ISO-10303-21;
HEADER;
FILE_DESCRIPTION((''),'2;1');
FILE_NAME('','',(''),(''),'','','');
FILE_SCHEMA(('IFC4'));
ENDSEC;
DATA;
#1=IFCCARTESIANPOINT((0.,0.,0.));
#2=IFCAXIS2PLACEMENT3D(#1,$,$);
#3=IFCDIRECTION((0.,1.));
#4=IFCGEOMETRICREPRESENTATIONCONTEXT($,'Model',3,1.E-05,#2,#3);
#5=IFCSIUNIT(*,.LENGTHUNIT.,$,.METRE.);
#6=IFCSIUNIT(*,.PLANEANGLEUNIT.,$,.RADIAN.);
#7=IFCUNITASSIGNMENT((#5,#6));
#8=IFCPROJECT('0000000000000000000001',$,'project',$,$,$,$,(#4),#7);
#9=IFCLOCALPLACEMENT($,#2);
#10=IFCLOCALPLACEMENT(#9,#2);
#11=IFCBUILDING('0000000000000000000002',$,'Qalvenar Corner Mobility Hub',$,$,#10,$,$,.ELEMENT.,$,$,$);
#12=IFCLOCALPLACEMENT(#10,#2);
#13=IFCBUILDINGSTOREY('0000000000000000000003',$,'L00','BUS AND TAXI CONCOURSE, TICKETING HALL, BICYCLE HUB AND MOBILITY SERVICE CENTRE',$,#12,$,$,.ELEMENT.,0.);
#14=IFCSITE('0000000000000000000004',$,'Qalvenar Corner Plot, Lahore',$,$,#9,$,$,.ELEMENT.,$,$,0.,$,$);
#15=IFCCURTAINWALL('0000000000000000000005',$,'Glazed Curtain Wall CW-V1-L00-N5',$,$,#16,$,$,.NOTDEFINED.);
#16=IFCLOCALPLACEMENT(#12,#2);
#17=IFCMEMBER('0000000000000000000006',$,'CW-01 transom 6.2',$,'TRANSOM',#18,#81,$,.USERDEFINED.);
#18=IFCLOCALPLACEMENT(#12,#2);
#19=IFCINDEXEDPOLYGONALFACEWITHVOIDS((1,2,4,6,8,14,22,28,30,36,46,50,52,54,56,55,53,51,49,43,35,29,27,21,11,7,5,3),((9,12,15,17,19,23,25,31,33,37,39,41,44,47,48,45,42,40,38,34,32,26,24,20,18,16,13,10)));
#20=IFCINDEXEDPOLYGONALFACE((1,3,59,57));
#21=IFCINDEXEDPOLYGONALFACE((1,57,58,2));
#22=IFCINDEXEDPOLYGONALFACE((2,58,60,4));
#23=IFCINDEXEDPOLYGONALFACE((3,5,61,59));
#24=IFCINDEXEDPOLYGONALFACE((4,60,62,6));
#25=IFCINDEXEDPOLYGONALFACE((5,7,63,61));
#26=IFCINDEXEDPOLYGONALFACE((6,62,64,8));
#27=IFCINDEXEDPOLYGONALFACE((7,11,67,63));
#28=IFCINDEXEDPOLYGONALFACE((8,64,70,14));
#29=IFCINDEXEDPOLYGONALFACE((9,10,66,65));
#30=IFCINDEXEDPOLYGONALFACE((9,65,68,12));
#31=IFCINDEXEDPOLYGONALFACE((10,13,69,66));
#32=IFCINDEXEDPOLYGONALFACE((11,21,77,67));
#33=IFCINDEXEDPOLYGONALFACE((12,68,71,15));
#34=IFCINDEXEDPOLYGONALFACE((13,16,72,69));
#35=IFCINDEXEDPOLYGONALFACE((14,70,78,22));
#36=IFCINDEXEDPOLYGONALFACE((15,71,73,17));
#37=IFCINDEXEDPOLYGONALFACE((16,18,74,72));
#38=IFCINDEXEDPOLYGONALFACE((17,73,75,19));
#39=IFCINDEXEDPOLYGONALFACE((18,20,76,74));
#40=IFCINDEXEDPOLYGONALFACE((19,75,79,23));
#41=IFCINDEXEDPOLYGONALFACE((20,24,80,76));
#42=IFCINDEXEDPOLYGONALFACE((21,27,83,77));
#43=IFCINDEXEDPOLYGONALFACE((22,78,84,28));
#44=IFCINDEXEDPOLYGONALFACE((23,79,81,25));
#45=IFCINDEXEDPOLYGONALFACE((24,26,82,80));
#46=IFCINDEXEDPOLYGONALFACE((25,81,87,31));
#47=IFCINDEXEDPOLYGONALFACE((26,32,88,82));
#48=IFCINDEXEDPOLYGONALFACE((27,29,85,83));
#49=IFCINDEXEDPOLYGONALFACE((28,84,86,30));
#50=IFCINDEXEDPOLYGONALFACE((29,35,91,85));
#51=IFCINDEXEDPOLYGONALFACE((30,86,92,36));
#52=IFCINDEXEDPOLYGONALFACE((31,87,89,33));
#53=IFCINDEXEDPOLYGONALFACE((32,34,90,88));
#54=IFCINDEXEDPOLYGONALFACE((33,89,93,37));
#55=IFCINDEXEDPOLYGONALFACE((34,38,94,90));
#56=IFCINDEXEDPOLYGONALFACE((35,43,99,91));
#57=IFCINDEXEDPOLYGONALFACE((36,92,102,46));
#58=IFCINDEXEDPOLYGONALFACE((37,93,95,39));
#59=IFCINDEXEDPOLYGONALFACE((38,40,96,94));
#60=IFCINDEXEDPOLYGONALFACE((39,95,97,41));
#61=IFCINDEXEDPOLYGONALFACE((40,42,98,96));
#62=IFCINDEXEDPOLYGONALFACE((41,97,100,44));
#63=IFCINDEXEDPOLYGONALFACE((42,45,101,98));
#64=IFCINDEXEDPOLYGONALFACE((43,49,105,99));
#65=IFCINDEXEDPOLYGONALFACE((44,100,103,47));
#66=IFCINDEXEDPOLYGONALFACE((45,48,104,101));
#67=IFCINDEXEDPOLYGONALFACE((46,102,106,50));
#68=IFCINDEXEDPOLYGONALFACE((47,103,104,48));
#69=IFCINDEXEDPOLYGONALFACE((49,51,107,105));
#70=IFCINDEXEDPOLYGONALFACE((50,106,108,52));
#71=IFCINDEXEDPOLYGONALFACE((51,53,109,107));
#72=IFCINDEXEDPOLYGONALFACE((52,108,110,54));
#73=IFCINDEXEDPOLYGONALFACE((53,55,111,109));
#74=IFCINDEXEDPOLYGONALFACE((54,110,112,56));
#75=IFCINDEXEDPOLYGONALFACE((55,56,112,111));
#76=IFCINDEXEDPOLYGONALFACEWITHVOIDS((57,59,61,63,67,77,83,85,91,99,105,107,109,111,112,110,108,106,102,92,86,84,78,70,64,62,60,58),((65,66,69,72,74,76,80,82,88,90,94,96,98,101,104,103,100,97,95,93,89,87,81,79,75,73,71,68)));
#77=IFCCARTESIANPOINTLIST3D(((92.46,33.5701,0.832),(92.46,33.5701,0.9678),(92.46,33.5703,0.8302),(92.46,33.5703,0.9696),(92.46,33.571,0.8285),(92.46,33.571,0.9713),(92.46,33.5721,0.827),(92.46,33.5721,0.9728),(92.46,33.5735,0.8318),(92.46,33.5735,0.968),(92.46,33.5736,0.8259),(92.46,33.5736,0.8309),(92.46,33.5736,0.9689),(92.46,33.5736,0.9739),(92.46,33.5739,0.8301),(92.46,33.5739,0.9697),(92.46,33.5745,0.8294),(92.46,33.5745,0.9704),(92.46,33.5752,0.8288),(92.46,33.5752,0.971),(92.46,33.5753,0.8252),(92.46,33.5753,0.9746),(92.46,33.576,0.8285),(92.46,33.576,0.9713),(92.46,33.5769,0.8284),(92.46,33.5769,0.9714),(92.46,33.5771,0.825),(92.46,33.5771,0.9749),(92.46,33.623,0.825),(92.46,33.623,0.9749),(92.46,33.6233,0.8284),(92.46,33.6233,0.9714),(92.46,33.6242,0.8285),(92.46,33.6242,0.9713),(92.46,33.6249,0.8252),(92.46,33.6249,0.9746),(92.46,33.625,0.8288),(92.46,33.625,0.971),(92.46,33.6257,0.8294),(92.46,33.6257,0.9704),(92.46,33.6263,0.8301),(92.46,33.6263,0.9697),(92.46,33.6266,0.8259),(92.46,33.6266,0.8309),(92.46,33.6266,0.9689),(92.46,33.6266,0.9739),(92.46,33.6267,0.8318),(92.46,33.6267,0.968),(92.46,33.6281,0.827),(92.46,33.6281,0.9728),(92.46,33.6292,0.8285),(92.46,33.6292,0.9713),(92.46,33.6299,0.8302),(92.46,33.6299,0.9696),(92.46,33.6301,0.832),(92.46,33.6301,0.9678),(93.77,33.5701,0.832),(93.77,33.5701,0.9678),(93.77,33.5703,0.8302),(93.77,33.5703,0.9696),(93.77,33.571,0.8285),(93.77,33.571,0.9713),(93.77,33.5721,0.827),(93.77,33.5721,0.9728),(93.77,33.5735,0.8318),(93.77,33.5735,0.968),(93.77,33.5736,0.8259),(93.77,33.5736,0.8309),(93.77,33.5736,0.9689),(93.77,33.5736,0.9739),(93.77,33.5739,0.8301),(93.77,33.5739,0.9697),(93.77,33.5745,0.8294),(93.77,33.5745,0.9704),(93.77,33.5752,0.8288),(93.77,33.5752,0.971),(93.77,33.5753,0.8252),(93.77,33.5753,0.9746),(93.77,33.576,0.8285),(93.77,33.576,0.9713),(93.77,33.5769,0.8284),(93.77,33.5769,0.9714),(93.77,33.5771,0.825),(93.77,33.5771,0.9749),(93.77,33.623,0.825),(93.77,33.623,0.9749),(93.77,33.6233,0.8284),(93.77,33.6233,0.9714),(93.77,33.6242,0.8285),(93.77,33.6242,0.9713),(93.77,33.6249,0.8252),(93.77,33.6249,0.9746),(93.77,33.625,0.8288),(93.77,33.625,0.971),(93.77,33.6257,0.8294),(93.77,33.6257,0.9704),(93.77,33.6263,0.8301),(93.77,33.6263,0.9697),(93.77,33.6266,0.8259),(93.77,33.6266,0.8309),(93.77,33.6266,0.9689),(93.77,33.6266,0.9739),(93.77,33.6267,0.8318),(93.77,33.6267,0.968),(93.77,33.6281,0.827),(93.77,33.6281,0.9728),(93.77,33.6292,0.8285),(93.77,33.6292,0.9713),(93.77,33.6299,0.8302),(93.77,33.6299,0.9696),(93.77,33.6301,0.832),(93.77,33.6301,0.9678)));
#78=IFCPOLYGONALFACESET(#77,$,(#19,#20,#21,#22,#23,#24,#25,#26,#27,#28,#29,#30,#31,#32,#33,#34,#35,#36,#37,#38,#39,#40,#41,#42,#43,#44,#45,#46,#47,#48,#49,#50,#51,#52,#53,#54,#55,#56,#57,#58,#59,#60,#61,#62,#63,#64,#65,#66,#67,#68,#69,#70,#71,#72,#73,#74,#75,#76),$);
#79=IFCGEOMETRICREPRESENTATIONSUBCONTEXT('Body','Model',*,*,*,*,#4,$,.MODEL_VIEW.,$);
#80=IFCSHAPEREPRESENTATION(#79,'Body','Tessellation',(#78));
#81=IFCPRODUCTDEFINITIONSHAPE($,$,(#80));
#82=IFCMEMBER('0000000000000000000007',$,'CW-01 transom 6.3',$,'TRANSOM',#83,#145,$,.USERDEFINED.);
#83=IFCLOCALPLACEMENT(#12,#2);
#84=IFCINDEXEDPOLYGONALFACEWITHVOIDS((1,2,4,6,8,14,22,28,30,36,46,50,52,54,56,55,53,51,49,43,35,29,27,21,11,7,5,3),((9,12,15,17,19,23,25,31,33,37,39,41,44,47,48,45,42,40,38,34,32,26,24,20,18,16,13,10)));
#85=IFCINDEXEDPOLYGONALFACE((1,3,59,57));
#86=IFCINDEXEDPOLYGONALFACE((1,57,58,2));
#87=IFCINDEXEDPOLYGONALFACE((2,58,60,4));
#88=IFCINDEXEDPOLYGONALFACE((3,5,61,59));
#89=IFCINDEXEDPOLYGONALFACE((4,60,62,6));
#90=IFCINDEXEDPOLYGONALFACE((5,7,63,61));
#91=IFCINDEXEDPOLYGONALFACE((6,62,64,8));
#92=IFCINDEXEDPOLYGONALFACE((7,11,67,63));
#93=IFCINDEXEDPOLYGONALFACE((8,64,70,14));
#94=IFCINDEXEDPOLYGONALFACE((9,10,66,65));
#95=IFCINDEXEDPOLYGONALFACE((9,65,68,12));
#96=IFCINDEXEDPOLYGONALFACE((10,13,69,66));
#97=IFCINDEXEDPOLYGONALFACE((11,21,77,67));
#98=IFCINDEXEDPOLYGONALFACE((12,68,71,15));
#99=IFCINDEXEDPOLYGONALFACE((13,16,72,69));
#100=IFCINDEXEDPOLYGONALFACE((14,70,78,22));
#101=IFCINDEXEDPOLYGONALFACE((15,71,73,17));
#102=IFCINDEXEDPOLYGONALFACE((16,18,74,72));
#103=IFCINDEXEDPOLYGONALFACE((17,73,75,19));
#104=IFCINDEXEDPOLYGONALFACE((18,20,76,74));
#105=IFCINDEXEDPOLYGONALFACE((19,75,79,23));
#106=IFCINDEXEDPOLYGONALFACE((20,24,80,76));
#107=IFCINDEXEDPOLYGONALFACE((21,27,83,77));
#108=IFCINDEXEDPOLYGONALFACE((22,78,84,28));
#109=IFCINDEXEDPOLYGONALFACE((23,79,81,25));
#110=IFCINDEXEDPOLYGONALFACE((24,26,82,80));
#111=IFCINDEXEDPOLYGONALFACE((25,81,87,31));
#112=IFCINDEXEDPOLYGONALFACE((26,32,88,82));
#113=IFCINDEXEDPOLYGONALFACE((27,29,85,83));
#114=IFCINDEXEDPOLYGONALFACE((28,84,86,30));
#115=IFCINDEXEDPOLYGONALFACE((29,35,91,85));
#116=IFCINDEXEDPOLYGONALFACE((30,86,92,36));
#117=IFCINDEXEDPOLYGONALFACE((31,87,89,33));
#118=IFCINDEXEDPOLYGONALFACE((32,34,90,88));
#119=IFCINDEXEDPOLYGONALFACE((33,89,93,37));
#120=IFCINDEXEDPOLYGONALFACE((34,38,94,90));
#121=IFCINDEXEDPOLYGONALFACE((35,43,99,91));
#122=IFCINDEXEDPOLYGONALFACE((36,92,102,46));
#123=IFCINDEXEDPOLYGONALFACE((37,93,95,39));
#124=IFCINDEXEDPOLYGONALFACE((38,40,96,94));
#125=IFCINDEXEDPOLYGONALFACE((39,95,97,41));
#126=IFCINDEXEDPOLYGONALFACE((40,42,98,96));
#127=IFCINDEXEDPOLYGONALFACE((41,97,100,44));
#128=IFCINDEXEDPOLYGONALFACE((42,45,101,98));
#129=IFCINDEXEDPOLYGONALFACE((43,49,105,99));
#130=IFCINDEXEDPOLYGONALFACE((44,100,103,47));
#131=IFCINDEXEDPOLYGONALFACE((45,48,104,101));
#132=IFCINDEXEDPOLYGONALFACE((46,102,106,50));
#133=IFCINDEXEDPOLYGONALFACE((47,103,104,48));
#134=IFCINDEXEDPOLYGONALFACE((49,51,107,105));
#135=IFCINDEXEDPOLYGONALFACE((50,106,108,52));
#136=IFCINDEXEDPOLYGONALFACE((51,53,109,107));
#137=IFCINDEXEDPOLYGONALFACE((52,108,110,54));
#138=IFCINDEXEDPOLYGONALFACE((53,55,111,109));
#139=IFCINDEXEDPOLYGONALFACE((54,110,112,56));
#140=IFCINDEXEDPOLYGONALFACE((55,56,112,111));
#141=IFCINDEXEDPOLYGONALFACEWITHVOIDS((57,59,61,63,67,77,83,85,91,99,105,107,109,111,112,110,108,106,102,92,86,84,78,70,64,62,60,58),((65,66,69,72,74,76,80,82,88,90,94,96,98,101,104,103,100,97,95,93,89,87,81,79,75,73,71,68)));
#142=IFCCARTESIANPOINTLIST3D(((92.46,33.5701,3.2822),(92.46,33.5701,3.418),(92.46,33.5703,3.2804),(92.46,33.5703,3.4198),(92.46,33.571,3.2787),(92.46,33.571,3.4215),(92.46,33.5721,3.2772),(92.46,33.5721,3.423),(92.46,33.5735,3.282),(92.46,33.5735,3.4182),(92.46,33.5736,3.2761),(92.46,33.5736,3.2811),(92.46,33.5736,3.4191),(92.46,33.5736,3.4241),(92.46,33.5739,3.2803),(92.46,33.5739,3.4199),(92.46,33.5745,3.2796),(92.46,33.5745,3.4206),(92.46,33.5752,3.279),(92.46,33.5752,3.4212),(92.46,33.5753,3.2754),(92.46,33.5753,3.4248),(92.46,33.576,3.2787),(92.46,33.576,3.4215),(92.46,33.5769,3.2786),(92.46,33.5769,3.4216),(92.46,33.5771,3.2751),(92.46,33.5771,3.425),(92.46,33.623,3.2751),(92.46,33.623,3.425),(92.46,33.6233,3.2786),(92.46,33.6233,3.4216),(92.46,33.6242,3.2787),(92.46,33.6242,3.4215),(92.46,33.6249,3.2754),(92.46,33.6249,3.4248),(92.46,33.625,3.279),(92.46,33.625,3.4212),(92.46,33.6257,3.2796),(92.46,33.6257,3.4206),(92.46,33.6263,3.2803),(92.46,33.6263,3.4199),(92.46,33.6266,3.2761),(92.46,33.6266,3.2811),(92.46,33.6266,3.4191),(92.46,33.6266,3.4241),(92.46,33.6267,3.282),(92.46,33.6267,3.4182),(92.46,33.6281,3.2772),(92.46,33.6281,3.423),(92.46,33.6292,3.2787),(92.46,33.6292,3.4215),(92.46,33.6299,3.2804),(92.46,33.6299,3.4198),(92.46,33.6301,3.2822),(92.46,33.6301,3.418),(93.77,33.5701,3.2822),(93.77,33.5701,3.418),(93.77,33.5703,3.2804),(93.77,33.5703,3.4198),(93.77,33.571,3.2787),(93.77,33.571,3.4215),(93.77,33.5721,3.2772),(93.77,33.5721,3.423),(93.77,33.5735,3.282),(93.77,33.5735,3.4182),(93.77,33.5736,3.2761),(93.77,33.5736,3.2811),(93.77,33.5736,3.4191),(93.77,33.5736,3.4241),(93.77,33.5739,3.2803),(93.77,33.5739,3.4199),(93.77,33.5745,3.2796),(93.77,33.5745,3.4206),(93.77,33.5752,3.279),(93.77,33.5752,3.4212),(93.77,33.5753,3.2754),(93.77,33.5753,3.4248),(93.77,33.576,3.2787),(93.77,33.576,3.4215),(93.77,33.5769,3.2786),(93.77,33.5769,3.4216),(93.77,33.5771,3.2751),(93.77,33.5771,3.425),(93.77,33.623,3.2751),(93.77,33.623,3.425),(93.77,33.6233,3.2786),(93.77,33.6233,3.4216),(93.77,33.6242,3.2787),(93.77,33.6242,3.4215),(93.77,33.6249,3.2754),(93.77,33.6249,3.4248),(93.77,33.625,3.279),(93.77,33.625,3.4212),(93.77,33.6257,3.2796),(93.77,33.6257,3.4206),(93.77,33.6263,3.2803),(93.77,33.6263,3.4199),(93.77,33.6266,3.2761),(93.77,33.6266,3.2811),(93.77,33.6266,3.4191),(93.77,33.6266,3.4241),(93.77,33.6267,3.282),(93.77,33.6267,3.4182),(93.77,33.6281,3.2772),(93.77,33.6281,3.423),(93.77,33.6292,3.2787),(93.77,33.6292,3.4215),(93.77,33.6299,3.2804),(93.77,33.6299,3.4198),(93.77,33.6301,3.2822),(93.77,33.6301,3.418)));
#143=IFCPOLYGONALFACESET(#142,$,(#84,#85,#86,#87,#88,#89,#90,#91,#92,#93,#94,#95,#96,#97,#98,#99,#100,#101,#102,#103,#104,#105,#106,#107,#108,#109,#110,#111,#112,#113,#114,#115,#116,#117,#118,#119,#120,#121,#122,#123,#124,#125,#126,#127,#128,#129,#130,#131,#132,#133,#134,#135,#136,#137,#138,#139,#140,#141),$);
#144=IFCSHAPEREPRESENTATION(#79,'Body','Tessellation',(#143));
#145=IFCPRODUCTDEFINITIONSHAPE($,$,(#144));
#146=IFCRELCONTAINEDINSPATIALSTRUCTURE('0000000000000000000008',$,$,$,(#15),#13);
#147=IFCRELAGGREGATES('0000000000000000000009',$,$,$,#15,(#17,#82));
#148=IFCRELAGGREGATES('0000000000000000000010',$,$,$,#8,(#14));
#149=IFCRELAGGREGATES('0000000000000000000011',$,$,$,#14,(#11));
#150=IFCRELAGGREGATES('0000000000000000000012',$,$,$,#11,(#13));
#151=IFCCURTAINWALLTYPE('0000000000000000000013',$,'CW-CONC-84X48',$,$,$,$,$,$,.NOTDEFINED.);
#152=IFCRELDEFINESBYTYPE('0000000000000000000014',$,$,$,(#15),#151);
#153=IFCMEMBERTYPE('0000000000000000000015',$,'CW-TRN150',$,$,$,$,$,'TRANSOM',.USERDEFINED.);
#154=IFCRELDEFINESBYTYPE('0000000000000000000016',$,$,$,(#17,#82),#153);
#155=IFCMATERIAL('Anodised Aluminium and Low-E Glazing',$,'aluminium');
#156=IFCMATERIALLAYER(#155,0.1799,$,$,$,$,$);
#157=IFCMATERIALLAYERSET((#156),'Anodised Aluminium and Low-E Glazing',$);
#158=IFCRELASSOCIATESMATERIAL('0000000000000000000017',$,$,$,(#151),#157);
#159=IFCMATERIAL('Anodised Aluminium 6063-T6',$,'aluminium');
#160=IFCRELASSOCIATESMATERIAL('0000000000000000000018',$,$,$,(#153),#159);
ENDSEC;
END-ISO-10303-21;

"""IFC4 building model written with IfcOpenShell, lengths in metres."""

from ifc_helpers import new_model, si_unit, direction, frame, origin, origin_2d, place, context, subcontext, project, spatial, hollow_rectangle, extrude, material, layer, layer_set, material_profile, profile_set, type_object, element, aggregate, save


model = new_model("IFC4")

# Units and contexts
model_context = context("Model", 3, precision=1e-05, world=origin(), true_north=direction((0.0, 1.0)))
body_context = subcontext(model_context, "Body", "Model", "MODEL_VIEW")
ifc_project = project(units=[si_unit("LENGTHUNIT", "METRE"), si_unit("PLANEANGLEUNIT", "RADIAN")], contexts=[model_context])

# Site, building, storey
site_placement = place(None, origin())
site = spatial("IfcSite", under=ifc_project, at=site_placement, Name="Qalvenar Corner Plot, Lahore", CompositionType="ELEMENT", RefElevation=0.0)
building_placement = place(site_placement, origin())
building = spatial("IfcBuilding", under=site, at=building_placement, Name="Qalvenar Corner Mobility Hub", CompositionType="ELEMENT")
storey_placement = place(building_placement, origin())
storey = spatial("IfcBuildingStorey", under=building, at=storey_placement, Name="L00", Description="BUS AND TAXI CONCOURSE, TICKETING HALL, BICYCLE HUB AND MOBILITY SERVICE CENTRE", CompositionType="ELEMENT", Elevation=0.0)

# Curtain wall
ifc_material_1 = material(Name="Anodised Aluminium and Low-E Glazing", Category="aluminium")
ifc_layer_1 = layer(ifc_material_1, 0.1799)
ifc_layer_set_1 = layer_set([ifc_layer_1], Name="Anodised Aluminium and Low-E Glazing")
curtain_wall_type = type_object("IfcCurtainWallType", Name="CW-CONC-84X48", PredefinedType="NOTDEFINED", material=ifc_layer_set_1)
ifc_material_2 = material(Name="Anodised Aluminium 6063-T6", Category="aluminium")
curtain_wall_1_placement = place(storey_placement, origin())
curtain_wall_1 = element("IfcCurtainWall", 1, at=curtain_wall_1_placement, inside=storey, type_object=curtain_wall_type, Name="Glazed Curtain Wall CW-V1-L00-N5", PredefinedType="NOTDEFINED")

# Members
ifc_material_profile_1 = material_profile(ifc_material_2, hollow_rectangle(XDim=0.0601, YDim=0.1499, WallThickness=0.0034, InnerFilletRadius=0.0034, OuterFilletRadius=0.0071, at=origin_2d()), Name="RHS150x60x3.5")
ifc_profile_set_1 = profile_set([ifc_material_profile_1], Name="Anodised Aluminium 6063-T6")
member_type_1 = type_object("IfcMemberType", Name="CW-TRN150", ElementType="TRANSOM", PredefinedType="USERDEFINED", material=ifc_profile_set_1)
member_1_placement = place(storey_placement, frame((93.77, 33.6001, 0.8999), z_axis=(-1.0, 0.0, 0.0), x_axis=(0.0, -1.0, 0.0)))
member_1 = element("IfcMember", 2, at=member_1_placement, type_object=member_type_1, Name="CW-01 transom 6.2", ObjectType="TRANSOM", PredefinedType="USERDEFINED", context=body_context, shape_type="SweptSolid", body=[
    extrude(hollow_rectangle(XDim=0.0601, YDim=0.1499, WallThickness=0.0034, InnerFilletRadius=0.0034, OuterFilletRadius=0.0071, at=origin_2d()), origin(), (0.0, 0.0, 1.0), 1.3101),
])
member_2_placement = place(storey_placement, frame((93.77, 33.6001, 3.3501), z_axis=(-1.0, 0.0, 0.0), x_axis=(0.0, -1.0, 0.0)))
member_2 = element("IfcMember", 3, at=member_2_placement, type_object=member_type_1, Name="CW-01 transom 6.3", ObjectType="TRANSOM", PredefinedType="USERDEFINED", context=body_context, shape_type="SweptSolid", body=[
    extrude(hollow_rectangle(XDim=0.0601, YDim=0.1499, WallThickness=0.0034, InnerFilletRadius=0.0034, OuterFilletRadius=0.0071, at=origin_2d()), origin(), (0.0, 0.0, 1.0), 1.3101),
])

aggregate(curtain_wall_1, [member_1, member_2])

save(model, "model.ifc")
